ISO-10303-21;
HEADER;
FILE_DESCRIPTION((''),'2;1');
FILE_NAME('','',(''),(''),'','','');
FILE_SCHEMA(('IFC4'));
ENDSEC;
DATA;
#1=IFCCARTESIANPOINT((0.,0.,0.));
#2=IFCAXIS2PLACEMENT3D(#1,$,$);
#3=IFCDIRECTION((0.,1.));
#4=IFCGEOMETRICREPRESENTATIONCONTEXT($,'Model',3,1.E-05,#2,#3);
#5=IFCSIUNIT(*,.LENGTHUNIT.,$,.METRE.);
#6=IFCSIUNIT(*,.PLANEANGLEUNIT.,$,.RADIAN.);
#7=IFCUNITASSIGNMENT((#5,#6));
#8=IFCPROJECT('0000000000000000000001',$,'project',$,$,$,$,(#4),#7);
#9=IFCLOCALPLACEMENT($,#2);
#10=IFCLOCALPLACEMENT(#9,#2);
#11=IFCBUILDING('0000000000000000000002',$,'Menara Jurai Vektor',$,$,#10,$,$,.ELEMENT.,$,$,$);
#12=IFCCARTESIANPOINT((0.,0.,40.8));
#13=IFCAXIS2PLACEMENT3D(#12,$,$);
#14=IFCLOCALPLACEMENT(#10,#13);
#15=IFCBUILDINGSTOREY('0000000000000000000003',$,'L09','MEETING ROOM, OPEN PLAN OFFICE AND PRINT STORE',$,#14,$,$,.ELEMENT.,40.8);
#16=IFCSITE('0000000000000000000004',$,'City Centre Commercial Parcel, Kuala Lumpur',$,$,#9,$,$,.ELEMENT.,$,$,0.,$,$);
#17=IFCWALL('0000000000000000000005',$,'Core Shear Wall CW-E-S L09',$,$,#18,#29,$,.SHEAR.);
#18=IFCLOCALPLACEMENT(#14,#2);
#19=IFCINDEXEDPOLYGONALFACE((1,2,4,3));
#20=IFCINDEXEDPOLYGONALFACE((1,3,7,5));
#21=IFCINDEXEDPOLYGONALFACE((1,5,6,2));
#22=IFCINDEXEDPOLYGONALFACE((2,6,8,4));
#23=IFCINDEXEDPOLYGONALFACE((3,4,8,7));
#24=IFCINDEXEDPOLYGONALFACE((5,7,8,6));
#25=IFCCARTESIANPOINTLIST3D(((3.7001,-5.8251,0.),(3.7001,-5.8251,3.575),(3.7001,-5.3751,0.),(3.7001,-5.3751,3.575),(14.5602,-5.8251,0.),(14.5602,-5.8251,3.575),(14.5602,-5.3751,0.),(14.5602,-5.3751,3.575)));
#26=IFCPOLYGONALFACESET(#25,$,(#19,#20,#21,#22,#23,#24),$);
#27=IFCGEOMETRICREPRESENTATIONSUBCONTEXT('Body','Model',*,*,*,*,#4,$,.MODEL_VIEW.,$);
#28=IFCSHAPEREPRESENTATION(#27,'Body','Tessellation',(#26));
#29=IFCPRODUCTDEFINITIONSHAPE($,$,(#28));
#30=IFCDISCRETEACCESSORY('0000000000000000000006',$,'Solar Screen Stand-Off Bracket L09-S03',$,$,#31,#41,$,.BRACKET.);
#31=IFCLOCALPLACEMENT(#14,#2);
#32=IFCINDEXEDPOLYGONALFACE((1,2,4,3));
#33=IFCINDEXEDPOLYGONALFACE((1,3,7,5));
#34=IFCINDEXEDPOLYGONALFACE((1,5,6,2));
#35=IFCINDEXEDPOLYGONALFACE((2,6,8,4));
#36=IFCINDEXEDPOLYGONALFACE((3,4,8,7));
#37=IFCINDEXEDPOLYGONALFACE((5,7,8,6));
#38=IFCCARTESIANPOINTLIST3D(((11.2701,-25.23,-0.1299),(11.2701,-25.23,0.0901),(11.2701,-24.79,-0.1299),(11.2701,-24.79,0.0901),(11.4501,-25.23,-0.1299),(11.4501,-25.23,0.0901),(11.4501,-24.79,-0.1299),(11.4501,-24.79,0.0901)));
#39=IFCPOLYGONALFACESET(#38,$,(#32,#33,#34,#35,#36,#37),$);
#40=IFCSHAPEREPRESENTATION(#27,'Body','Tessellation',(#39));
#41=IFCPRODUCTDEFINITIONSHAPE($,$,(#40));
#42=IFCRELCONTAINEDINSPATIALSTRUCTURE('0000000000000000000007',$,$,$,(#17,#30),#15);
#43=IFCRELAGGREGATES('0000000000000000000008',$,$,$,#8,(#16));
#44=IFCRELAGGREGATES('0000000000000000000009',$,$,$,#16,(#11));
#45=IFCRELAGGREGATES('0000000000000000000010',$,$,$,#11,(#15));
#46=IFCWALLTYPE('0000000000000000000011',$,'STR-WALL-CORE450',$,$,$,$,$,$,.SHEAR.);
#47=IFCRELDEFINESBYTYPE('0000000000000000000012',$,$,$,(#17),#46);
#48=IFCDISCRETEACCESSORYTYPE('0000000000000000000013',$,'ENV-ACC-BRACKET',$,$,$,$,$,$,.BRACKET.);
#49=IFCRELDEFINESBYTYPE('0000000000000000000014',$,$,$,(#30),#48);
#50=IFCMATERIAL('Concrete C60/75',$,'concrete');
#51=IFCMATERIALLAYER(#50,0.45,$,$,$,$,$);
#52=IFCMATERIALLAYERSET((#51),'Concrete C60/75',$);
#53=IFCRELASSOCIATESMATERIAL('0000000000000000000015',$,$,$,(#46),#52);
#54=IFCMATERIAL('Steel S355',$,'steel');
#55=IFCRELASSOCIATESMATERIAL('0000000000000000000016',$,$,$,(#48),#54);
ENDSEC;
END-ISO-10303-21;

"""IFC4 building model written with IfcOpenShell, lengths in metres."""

from ifc_helpers import new_model, si_unit, direction, frame, frame_2d, origin, origin_2d, place, context, subcontext, project, spatial, rectangle, extrude, material, layer, layer_set, type_object, element, save


model = new_model("IFC4")

# Units and contexts
model_context = context("Model", 3, precision=1e-05, world=origin(), true_north=direction((0.0, 1.0)))
body_context = subcontext(model_context, "Body", "Model", "MODEL_VIEW")
ifc_project = project(units=[si_unit("LENGTHUNIT", "METRE"), si_unit("PLANEANGLEUNIT", "RADIAN")], contexts=[model_context])

# Site, building, storey
site_placement = place(None, origin())
site = spatial("IfcSite", under=ifc_project, at=site_placement, Name="City Centre Commercial Parcel, Kuala Lumpur", CompositionType="ELEMENT", RefElevation=0.0)
building_placement = place(site_placement, origin())
building = spatial("IfcBuilding", under=site, at=building_placement, Name="Menara Jurai Vektor", CompositionType="ELEMENT")
storey_placement = place(building_placement, frame((0.0, 0.0, 40.8)))
storey = spatial("IfcBuildingStorey", under=building, at=storey_placement, Name="L09", Description="MEETING ROOM, OPEN PLAN OFFICE AND PRINT STORE", CompositionType="ELEMENT", Elevation=40.8)

# Shared definitions
ifc_material_1 = material(Name="Concrete C60/75", Category="concrete")

# Shared definitions
ifc_material_2 = material(Name="Steel S355", Category="steel")

# Wall
ifc_layer_1 = layer(ifc_material_1, 0.45)
ifc_layer_set_1 = layer_set([ifc_layer_1], Name="Concrete C60/75")
wall_type_1 = type_object("IfcWallType", Name="STR-WALL-CORE450", PredefinedType="SHEAR", material=ifc_layer_set_1)
wall_1_placement = place(storey_placement, frame((3.7, -5.6001, 0.0), z_axis=(0.0, 0.0, 1.0), x_axis=(1.0, 0.0, 0.0)))
element("IfcWall", 1, at=wall_1_placement, inside=storey, type_object=wall_type_1, Name="Core Shear Wall CW-E-S L09", PredefinedType="SHEAR", context=body_context, shape_type="SweptSolid", body=[
    extrude(rectangle(XDim=10.8601, YDim=0.45, at=frame_2d((5.4302, 0.0))), origin(), (0.0, 0.0, 1.0), 3.575),
])

# Discrete accessory
discrete_accessory_type = type_object("IfcDiscreteAccessoryType", Name="ENV-ACC-BRACKET", PredefinedType="BRACKET", material=ifc_material_2)
discrete_accessory_placement = place(storey_placement, frame((11.3601, -25.01, -0.1299), z_axis=(0.0, 0.0, 1.0), x_axis=(1.0, 0.0, 0.0)))
element("IfcDiscreteAccessory", 2, at=discrete_accessory_placement, inside=storey, type_object=discrete_accessory_type, Name="Solar Screen Stand-Off Bracket L09-S03", PredefinedType="BRACKET", context=body_context, shape_type="SweptSolid", body=[
    extrude(rectangle(XDim=0.1799, YDim=0.4399, at=origin_2d()), origin(), (0.0, 0.0, 1.0), 0.22),
])

save(model, "model.ifc")
